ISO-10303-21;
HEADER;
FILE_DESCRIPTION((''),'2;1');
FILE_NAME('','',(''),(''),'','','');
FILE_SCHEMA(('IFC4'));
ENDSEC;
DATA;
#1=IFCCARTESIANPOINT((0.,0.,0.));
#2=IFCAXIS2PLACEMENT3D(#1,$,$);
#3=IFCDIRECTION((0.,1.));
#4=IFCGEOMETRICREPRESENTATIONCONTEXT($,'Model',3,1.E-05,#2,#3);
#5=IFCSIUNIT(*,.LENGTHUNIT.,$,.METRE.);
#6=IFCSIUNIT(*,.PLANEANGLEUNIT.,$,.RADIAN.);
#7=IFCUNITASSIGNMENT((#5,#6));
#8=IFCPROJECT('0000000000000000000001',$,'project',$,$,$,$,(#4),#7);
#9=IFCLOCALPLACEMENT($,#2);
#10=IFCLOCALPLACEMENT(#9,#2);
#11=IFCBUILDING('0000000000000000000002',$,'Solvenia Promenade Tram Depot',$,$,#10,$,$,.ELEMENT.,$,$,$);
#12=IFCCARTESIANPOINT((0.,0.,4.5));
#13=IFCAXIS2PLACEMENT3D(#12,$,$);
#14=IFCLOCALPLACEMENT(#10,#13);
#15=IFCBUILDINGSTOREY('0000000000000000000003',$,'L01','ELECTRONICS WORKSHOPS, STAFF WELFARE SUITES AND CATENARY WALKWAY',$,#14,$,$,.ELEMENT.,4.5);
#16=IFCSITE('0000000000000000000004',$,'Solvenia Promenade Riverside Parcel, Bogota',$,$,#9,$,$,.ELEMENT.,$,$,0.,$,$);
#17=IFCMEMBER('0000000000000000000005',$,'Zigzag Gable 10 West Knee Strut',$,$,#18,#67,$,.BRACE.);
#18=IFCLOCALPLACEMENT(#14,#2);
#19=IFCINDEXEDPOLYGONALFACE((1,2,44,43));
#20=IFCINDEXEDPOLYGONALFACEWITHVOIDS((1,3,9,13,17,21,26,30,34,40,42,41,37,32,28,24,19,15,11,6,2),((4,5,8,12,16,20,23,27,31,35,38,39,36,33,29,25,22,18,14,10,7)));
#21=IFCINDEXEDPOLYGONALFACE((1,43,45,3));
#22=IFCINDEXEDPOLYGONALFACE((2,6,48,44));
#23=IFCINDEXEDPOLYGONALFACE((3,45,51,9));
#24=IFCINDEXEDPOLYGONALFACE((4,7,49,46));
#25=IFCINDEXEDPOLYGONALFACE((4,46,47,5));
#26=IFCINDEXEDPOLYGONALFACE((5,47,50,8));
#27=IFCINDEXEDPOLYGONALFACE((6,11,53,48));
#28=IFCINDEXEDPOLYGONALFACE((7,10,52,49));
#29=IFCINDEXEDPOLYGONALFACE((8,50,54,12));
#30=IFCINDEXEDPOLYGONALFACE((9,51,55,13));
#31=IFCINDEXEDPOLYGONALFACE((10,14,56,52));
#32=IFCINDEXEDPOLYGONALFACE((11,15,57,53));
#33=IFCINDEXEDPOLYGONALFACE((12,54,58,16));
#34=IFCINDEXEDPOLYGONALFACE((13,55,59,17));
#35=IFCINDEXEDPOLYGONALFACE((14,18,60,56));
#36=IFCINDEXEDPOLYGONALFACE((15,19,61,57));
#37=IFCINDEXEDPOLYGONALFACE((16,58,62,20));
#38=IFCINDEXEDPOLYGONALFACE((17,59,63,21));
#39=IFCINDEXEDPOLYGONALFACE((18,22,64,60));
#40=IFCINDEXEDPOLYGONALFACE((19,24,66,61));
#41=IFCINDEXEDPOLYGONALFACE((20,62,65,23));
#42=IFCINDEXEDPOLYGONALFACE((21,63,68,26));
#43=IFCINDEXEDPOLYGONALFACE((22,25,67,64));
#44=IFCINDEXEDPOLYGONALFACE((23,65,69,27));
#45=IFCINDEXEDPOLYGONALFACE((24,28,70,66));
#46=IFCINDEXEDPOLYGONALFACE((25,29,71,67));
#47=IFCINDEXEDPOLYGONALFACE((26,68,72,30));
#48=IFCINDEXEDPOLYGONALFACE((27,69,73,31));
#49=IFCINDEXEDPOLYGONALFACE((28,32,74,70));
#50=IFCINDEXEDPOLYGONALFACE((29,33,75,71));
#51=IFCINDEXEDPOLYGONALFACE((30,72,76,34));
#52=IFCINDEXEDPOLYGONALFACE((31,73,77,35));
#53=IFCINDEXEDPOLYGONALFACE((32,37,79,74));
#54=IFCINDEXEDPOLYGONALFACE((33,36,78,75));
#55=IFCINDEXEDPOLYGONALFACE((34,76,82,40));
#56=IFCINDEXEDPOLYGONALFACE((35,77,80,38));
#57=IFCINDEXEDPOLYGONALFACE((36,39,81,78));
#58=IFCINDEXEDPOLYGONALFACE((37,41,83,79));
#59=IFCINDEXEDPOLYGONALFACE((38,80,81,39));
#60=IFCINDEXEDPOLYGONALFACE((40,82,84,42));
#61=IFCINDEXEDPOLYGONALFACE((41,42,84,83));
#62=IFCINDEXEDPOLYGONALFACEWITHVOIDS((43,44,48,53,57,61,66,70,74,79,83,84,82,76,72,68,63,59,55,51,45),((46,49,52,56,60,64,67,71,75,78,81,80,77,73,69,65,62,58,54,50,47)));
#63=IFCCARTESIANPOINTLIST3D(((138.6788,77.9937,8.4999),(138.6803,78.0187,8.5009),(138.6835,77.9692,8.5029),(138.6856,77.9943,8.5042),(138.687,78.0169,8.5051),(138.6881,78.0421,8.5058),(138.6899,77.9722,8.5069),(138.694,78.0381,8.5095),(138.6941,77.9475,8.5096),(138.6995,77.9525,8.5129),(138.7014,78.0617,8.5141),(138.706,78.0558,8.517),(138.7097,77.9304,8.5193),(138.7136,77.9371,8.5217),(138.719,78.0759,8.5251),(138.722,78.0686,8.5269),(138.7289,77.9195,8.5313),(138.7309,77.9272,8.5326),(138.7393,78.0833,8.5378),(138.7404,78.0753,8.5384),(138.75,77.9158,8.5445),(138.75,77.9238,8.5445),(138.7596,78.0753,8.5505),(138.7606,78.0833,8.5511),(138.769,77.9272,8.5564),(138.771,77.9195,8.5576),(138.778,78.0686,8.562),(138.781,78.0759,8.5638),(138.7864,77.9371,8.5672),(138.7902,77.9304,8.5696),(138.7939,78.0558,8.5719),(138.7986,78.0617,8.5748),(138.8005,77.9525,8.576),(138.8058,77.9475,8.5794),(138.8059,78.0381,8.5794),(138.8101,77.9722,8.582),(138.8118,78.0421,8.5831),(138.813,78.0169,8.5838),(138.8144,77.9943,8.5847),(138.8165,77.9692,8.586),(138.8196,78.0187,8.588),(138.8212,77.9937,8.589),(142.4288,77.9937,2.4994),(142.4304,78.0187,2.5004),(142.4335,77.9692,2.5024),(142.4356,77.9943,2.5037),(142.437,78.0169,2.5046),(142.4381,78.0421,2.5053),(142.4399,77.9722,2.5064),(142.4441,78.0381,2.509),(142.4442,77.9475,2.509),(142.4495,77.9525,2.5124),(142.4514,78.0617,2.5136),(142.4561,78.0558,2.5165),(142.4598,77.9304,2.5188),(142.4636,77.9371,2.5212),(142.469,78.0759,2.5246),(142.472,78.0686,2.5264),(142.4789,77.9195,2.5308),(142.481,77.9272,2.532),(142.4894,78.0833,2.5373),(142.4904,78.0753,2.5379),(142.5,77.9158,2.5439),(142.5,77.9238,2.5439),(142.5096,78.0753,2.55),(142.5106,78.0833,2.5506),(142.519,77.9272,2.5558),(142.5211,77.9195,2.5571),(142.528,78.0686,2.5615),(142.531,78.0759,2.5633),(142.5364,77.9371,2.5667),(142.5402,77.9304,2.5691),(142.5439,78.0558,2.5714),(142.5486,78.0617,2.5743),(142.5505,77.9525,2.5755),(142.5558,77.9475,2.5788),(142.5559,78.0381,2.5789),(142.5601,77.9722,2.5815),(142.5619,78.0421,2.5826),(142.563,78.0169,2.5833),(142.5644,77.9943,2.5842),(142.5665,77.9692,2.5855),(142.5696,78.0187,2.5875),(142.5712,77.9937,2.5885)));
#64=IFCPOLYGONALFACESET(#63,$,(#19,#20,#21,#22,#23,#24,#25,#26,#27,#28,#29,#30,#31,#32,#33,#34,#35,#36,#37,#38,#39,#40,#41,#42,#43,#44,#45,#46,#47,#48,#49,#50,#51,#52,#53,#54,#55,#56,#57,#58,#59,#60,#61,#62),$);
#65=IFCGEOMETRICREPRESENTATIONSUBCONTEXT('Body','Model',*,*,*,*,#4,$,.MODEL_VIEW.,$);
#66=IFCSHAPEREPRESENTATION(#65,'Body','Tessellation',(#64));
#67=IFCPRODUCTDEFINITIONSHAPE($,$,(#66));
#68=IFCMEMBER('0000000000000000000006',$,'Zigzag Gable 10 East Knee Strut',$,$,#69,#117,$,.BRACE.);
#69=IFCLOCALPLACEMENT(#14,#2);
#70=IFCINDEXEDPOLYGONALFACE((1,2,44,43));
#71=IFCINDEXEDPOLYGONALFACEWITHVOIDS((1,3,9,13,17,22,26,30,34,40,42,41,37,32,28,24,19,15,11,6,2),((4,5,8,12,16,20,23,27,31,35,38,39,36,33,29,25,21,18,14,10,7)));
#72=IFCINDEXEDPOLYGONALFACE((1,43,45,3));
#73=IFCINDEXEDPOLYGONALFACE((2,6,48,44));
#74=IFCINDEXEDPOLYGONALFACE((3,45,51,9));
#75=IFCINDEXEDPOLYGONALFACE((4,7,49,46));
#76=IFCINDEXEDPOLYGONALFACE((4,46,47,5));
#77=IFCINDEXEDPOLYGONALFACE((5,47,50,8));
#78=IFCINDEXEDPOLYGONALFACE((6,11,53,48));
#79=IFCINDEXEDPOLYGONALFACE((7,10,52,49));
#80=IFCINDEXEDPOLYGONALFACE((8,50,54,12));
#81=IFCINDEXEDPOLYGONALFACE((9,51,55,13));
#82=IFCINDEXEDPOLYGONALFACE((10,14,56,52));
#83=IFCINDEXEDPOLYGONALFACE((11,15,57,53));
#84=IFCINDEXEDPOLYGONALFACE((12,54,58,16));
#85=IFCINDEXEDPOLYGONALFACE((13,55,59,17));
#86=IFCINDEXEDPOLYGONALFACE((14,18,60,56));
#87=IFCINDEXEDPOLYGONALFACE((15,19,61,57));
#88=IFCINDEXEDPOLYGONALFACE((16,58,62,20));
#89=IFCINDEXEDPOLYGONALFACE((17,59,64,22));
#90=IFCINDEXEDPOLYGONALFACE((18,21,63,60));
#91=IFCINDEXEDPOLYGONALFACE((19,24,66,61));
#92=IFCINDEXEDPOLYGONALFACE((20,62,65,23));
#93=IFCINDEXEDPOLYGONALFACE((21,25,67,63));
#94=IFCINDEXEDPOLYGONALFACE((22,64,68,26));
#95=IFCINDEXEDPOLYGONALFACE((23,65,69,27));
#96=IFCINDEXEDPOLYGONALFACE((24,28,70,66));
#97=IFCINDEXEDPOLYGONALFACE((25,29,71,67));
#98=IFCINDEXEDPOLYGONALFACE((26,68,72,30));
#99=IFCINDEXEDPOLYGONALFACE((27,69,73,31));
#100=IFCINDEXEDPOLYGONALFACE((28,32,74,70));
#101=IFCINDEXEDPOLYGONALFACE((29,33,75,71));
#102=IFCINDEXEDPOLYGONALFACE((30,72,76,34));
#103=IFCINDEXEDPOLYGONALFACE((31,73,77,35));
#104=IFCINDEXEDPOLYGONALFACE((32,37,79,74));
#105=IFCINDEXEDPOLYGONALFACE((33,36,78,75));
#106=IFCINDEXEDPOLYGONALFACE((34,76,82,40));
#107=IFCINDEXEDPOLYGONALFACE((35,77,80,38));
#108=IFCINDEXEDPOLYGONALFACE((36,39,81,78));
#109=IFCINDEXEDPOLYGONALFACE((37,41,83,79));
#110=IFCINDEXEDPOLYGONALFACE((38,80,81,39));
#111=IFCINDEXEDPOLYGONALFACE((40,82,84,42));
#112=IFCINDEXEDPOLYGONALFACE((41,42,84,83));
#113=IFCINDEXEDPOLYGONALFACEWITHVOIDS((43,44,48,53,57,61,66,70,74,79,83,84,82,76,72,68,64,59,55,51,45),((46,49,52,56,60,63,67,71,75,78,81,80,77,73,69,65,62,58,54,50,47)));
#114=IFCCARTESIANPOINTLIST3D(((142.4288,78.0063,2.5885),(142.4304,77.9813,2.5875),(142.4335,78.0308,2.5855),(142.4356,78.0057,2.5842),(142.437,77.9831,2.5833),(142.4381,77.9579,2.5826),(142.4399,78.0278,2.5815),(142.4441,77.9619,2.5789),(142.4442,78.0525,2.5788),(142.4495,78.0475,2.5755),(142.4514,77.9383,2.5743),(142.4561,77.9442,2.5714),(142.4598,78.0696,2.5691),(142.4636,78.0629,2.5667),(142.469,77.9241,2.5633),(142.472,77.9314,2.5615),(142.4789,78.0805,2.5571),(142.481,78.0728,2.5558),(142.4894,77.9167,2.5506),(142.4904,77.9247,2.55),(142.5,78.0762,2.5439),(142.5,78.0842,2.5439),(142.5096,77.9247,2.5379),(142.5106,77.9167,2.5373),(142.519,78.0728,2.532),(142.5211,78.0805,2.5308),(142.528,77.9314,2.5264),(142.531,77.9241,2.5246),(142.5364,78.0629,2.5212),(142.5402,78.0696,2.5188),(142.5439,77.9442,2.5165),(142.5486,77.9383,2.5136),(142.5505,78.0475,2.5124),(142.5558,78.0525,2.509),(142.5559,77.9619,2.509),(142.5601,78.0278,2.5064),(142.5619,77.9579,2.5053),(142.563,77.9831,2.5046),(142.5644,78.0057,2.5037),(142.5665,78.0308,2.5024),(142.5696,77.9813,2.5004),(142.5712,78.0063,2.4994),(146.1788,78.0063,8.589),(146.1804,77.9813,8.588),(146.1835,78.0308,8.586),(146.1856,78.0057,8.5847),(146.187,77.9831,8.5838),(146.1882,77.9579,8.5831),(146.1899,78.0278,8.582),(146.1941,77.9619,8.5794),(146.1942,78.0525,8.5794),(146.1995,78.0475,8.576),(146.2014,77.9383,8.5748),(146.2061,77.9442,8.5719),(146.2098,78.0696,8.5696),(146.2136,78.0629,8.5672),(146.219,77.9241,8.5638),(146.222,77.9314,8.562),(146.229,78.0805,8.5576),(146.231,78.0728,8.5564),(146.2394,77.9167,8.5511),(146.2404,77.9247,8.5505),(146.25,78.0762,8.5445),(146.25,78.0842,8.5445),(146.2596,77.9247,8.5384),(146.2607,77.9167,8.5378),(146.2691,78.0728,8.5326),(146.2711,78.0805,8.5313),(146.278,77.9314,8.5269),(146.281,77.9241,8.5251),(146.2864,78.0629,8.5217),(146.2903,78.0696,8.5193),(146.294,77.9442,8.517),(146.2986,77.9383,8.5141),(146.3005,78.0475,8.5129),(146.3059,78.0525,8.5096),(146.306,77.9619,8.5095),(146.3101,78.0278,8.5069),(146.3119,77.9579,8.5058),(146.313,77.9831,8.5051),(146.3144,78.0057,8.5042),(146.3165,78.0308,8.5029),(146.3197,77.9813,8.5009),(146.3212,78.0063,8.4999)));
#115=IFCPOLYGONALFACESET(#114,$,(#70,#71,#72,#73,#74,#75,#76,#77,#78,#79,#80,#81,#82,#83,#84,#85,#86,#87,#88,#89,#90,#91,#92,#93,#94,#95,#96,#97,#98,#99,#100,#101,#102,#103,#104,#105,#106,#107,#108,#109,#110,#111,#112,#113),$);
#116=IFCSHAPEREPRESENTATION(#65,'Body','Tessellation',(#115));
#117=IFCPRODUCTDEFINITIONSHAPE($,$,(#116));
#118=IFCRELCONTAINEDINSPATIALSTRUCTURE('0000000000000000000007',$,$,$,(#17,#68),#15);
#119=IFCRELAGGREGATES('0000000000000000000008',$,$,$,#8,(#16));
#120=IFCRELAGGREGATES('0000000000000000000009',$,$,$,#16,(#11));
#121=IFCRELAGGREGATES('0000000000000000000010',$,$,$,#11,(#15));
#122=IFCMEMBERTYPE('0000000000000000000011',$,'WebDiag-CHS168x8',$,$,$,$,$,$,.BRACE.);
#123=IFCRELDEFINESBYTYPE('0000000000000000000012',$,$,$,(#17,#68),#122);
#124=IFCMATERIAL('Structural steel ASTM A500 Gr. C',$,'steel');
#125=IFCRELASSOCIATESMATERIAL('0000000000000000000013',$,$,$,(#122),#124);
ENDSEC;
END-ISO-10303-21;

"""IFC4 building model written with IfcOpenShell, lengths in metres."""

from ifc_helpers import new_model, si_unit, direction, frame, origin, origin_2d, place, context, subcontext, project, spatial, hollow_circle, extrude, material, material_profile, profile_set, type_object, element, save


model = new_model("IFC4")

# Units and contexts
model_context = context("Model", 3, precision=1e-05, world=origin(), true_north=direction((0.0, 1.0)))
body_context = subcontext(model_context, "Body", "Model", "MODEL_VIEW")
ifc_project = project(units=[si_unit("LENGTHUNIT", "METRE"), si_unit("PLANEANGLEUNIT", "RADIAN")], contexts=[model_context])

# Site, building, storey
site_placement = place(None, origin())
site = spatial("IfcSite", under=ifc_project, at=site_placement, Name="Solvenia Promenade Riverside Parcel, Bogota", CompositionType="ELEMENT", RefElevation=0.0)
building_placement = place(site_placement, origin())
building = spatial("IfcBuilding", under=site, at=building_placement, Name="Solvenia Promenade Tram Depot", CompositionType="ELEMENT")
storey_placement = place(building_placement, frame((0.0, 0.0, 4.5)))
storey = spatial("IfcBuildingStorey", under=building, at=storey_placement, Name="L01", Description="ELECTRONICS WORKSHOPS, STAFF WELFARE SUITES AND CATENARY WALKWAY", CompositionType="ELEMENT", Elevation=4.5)

# Shared definitions
ifc_material_1 = material(Name="Structural steel ASTM A500 Gr. C", Category="steel")

# Members
ifc_material_profile_1 = material_profile(ifc_material_1, hollow_circle(Radius=0.0842, WallThickness=0.0081, at=origin_2d()), Name="CHS168.3x8", Category="steel")
ifc_profile_set_1 = profile_set([ifc_material_profile_1], Name="Structural steel ASTM A500 Gr. C")
member_type_1 = type_object("IfcMemberType", Name="WebDiag-CHS168x8", PredefinedType="BRACE", material=ifc_profile_set_1)
for number, where, z_axis, x_axis, name in (
    (1, (142.5, 78.0, 2.5439), (-0.529968, 0.0, 0.848018), (0.0, -1.0, 0.0), "Zigzag Gable 10 West Knee Strut"),
    (2, (142.5, 78.0, 2.5439), (0.529968, 0.0, 0.848018), (0.0, 1.0, 0.0), "Zigzag Gable 10 East Knee Strut"),
):
    element("IfcMember", number, at=place(storey_placement, frame(where, z_axis=z_axis, x_axis=x_axis)), inside=storey, type_object=member_type_1, Name=name, PredefinedType="BRACE", context=body_context, shape_type="SweptSolid", body=[
        extrude(hollow_circle(Radius=0.0842, WallThickness=0.0081, at=origin_2d()), origin(), (0.0, 0.0, 1.0), 7.0759),
    ])

save(model, "model.ifc")
